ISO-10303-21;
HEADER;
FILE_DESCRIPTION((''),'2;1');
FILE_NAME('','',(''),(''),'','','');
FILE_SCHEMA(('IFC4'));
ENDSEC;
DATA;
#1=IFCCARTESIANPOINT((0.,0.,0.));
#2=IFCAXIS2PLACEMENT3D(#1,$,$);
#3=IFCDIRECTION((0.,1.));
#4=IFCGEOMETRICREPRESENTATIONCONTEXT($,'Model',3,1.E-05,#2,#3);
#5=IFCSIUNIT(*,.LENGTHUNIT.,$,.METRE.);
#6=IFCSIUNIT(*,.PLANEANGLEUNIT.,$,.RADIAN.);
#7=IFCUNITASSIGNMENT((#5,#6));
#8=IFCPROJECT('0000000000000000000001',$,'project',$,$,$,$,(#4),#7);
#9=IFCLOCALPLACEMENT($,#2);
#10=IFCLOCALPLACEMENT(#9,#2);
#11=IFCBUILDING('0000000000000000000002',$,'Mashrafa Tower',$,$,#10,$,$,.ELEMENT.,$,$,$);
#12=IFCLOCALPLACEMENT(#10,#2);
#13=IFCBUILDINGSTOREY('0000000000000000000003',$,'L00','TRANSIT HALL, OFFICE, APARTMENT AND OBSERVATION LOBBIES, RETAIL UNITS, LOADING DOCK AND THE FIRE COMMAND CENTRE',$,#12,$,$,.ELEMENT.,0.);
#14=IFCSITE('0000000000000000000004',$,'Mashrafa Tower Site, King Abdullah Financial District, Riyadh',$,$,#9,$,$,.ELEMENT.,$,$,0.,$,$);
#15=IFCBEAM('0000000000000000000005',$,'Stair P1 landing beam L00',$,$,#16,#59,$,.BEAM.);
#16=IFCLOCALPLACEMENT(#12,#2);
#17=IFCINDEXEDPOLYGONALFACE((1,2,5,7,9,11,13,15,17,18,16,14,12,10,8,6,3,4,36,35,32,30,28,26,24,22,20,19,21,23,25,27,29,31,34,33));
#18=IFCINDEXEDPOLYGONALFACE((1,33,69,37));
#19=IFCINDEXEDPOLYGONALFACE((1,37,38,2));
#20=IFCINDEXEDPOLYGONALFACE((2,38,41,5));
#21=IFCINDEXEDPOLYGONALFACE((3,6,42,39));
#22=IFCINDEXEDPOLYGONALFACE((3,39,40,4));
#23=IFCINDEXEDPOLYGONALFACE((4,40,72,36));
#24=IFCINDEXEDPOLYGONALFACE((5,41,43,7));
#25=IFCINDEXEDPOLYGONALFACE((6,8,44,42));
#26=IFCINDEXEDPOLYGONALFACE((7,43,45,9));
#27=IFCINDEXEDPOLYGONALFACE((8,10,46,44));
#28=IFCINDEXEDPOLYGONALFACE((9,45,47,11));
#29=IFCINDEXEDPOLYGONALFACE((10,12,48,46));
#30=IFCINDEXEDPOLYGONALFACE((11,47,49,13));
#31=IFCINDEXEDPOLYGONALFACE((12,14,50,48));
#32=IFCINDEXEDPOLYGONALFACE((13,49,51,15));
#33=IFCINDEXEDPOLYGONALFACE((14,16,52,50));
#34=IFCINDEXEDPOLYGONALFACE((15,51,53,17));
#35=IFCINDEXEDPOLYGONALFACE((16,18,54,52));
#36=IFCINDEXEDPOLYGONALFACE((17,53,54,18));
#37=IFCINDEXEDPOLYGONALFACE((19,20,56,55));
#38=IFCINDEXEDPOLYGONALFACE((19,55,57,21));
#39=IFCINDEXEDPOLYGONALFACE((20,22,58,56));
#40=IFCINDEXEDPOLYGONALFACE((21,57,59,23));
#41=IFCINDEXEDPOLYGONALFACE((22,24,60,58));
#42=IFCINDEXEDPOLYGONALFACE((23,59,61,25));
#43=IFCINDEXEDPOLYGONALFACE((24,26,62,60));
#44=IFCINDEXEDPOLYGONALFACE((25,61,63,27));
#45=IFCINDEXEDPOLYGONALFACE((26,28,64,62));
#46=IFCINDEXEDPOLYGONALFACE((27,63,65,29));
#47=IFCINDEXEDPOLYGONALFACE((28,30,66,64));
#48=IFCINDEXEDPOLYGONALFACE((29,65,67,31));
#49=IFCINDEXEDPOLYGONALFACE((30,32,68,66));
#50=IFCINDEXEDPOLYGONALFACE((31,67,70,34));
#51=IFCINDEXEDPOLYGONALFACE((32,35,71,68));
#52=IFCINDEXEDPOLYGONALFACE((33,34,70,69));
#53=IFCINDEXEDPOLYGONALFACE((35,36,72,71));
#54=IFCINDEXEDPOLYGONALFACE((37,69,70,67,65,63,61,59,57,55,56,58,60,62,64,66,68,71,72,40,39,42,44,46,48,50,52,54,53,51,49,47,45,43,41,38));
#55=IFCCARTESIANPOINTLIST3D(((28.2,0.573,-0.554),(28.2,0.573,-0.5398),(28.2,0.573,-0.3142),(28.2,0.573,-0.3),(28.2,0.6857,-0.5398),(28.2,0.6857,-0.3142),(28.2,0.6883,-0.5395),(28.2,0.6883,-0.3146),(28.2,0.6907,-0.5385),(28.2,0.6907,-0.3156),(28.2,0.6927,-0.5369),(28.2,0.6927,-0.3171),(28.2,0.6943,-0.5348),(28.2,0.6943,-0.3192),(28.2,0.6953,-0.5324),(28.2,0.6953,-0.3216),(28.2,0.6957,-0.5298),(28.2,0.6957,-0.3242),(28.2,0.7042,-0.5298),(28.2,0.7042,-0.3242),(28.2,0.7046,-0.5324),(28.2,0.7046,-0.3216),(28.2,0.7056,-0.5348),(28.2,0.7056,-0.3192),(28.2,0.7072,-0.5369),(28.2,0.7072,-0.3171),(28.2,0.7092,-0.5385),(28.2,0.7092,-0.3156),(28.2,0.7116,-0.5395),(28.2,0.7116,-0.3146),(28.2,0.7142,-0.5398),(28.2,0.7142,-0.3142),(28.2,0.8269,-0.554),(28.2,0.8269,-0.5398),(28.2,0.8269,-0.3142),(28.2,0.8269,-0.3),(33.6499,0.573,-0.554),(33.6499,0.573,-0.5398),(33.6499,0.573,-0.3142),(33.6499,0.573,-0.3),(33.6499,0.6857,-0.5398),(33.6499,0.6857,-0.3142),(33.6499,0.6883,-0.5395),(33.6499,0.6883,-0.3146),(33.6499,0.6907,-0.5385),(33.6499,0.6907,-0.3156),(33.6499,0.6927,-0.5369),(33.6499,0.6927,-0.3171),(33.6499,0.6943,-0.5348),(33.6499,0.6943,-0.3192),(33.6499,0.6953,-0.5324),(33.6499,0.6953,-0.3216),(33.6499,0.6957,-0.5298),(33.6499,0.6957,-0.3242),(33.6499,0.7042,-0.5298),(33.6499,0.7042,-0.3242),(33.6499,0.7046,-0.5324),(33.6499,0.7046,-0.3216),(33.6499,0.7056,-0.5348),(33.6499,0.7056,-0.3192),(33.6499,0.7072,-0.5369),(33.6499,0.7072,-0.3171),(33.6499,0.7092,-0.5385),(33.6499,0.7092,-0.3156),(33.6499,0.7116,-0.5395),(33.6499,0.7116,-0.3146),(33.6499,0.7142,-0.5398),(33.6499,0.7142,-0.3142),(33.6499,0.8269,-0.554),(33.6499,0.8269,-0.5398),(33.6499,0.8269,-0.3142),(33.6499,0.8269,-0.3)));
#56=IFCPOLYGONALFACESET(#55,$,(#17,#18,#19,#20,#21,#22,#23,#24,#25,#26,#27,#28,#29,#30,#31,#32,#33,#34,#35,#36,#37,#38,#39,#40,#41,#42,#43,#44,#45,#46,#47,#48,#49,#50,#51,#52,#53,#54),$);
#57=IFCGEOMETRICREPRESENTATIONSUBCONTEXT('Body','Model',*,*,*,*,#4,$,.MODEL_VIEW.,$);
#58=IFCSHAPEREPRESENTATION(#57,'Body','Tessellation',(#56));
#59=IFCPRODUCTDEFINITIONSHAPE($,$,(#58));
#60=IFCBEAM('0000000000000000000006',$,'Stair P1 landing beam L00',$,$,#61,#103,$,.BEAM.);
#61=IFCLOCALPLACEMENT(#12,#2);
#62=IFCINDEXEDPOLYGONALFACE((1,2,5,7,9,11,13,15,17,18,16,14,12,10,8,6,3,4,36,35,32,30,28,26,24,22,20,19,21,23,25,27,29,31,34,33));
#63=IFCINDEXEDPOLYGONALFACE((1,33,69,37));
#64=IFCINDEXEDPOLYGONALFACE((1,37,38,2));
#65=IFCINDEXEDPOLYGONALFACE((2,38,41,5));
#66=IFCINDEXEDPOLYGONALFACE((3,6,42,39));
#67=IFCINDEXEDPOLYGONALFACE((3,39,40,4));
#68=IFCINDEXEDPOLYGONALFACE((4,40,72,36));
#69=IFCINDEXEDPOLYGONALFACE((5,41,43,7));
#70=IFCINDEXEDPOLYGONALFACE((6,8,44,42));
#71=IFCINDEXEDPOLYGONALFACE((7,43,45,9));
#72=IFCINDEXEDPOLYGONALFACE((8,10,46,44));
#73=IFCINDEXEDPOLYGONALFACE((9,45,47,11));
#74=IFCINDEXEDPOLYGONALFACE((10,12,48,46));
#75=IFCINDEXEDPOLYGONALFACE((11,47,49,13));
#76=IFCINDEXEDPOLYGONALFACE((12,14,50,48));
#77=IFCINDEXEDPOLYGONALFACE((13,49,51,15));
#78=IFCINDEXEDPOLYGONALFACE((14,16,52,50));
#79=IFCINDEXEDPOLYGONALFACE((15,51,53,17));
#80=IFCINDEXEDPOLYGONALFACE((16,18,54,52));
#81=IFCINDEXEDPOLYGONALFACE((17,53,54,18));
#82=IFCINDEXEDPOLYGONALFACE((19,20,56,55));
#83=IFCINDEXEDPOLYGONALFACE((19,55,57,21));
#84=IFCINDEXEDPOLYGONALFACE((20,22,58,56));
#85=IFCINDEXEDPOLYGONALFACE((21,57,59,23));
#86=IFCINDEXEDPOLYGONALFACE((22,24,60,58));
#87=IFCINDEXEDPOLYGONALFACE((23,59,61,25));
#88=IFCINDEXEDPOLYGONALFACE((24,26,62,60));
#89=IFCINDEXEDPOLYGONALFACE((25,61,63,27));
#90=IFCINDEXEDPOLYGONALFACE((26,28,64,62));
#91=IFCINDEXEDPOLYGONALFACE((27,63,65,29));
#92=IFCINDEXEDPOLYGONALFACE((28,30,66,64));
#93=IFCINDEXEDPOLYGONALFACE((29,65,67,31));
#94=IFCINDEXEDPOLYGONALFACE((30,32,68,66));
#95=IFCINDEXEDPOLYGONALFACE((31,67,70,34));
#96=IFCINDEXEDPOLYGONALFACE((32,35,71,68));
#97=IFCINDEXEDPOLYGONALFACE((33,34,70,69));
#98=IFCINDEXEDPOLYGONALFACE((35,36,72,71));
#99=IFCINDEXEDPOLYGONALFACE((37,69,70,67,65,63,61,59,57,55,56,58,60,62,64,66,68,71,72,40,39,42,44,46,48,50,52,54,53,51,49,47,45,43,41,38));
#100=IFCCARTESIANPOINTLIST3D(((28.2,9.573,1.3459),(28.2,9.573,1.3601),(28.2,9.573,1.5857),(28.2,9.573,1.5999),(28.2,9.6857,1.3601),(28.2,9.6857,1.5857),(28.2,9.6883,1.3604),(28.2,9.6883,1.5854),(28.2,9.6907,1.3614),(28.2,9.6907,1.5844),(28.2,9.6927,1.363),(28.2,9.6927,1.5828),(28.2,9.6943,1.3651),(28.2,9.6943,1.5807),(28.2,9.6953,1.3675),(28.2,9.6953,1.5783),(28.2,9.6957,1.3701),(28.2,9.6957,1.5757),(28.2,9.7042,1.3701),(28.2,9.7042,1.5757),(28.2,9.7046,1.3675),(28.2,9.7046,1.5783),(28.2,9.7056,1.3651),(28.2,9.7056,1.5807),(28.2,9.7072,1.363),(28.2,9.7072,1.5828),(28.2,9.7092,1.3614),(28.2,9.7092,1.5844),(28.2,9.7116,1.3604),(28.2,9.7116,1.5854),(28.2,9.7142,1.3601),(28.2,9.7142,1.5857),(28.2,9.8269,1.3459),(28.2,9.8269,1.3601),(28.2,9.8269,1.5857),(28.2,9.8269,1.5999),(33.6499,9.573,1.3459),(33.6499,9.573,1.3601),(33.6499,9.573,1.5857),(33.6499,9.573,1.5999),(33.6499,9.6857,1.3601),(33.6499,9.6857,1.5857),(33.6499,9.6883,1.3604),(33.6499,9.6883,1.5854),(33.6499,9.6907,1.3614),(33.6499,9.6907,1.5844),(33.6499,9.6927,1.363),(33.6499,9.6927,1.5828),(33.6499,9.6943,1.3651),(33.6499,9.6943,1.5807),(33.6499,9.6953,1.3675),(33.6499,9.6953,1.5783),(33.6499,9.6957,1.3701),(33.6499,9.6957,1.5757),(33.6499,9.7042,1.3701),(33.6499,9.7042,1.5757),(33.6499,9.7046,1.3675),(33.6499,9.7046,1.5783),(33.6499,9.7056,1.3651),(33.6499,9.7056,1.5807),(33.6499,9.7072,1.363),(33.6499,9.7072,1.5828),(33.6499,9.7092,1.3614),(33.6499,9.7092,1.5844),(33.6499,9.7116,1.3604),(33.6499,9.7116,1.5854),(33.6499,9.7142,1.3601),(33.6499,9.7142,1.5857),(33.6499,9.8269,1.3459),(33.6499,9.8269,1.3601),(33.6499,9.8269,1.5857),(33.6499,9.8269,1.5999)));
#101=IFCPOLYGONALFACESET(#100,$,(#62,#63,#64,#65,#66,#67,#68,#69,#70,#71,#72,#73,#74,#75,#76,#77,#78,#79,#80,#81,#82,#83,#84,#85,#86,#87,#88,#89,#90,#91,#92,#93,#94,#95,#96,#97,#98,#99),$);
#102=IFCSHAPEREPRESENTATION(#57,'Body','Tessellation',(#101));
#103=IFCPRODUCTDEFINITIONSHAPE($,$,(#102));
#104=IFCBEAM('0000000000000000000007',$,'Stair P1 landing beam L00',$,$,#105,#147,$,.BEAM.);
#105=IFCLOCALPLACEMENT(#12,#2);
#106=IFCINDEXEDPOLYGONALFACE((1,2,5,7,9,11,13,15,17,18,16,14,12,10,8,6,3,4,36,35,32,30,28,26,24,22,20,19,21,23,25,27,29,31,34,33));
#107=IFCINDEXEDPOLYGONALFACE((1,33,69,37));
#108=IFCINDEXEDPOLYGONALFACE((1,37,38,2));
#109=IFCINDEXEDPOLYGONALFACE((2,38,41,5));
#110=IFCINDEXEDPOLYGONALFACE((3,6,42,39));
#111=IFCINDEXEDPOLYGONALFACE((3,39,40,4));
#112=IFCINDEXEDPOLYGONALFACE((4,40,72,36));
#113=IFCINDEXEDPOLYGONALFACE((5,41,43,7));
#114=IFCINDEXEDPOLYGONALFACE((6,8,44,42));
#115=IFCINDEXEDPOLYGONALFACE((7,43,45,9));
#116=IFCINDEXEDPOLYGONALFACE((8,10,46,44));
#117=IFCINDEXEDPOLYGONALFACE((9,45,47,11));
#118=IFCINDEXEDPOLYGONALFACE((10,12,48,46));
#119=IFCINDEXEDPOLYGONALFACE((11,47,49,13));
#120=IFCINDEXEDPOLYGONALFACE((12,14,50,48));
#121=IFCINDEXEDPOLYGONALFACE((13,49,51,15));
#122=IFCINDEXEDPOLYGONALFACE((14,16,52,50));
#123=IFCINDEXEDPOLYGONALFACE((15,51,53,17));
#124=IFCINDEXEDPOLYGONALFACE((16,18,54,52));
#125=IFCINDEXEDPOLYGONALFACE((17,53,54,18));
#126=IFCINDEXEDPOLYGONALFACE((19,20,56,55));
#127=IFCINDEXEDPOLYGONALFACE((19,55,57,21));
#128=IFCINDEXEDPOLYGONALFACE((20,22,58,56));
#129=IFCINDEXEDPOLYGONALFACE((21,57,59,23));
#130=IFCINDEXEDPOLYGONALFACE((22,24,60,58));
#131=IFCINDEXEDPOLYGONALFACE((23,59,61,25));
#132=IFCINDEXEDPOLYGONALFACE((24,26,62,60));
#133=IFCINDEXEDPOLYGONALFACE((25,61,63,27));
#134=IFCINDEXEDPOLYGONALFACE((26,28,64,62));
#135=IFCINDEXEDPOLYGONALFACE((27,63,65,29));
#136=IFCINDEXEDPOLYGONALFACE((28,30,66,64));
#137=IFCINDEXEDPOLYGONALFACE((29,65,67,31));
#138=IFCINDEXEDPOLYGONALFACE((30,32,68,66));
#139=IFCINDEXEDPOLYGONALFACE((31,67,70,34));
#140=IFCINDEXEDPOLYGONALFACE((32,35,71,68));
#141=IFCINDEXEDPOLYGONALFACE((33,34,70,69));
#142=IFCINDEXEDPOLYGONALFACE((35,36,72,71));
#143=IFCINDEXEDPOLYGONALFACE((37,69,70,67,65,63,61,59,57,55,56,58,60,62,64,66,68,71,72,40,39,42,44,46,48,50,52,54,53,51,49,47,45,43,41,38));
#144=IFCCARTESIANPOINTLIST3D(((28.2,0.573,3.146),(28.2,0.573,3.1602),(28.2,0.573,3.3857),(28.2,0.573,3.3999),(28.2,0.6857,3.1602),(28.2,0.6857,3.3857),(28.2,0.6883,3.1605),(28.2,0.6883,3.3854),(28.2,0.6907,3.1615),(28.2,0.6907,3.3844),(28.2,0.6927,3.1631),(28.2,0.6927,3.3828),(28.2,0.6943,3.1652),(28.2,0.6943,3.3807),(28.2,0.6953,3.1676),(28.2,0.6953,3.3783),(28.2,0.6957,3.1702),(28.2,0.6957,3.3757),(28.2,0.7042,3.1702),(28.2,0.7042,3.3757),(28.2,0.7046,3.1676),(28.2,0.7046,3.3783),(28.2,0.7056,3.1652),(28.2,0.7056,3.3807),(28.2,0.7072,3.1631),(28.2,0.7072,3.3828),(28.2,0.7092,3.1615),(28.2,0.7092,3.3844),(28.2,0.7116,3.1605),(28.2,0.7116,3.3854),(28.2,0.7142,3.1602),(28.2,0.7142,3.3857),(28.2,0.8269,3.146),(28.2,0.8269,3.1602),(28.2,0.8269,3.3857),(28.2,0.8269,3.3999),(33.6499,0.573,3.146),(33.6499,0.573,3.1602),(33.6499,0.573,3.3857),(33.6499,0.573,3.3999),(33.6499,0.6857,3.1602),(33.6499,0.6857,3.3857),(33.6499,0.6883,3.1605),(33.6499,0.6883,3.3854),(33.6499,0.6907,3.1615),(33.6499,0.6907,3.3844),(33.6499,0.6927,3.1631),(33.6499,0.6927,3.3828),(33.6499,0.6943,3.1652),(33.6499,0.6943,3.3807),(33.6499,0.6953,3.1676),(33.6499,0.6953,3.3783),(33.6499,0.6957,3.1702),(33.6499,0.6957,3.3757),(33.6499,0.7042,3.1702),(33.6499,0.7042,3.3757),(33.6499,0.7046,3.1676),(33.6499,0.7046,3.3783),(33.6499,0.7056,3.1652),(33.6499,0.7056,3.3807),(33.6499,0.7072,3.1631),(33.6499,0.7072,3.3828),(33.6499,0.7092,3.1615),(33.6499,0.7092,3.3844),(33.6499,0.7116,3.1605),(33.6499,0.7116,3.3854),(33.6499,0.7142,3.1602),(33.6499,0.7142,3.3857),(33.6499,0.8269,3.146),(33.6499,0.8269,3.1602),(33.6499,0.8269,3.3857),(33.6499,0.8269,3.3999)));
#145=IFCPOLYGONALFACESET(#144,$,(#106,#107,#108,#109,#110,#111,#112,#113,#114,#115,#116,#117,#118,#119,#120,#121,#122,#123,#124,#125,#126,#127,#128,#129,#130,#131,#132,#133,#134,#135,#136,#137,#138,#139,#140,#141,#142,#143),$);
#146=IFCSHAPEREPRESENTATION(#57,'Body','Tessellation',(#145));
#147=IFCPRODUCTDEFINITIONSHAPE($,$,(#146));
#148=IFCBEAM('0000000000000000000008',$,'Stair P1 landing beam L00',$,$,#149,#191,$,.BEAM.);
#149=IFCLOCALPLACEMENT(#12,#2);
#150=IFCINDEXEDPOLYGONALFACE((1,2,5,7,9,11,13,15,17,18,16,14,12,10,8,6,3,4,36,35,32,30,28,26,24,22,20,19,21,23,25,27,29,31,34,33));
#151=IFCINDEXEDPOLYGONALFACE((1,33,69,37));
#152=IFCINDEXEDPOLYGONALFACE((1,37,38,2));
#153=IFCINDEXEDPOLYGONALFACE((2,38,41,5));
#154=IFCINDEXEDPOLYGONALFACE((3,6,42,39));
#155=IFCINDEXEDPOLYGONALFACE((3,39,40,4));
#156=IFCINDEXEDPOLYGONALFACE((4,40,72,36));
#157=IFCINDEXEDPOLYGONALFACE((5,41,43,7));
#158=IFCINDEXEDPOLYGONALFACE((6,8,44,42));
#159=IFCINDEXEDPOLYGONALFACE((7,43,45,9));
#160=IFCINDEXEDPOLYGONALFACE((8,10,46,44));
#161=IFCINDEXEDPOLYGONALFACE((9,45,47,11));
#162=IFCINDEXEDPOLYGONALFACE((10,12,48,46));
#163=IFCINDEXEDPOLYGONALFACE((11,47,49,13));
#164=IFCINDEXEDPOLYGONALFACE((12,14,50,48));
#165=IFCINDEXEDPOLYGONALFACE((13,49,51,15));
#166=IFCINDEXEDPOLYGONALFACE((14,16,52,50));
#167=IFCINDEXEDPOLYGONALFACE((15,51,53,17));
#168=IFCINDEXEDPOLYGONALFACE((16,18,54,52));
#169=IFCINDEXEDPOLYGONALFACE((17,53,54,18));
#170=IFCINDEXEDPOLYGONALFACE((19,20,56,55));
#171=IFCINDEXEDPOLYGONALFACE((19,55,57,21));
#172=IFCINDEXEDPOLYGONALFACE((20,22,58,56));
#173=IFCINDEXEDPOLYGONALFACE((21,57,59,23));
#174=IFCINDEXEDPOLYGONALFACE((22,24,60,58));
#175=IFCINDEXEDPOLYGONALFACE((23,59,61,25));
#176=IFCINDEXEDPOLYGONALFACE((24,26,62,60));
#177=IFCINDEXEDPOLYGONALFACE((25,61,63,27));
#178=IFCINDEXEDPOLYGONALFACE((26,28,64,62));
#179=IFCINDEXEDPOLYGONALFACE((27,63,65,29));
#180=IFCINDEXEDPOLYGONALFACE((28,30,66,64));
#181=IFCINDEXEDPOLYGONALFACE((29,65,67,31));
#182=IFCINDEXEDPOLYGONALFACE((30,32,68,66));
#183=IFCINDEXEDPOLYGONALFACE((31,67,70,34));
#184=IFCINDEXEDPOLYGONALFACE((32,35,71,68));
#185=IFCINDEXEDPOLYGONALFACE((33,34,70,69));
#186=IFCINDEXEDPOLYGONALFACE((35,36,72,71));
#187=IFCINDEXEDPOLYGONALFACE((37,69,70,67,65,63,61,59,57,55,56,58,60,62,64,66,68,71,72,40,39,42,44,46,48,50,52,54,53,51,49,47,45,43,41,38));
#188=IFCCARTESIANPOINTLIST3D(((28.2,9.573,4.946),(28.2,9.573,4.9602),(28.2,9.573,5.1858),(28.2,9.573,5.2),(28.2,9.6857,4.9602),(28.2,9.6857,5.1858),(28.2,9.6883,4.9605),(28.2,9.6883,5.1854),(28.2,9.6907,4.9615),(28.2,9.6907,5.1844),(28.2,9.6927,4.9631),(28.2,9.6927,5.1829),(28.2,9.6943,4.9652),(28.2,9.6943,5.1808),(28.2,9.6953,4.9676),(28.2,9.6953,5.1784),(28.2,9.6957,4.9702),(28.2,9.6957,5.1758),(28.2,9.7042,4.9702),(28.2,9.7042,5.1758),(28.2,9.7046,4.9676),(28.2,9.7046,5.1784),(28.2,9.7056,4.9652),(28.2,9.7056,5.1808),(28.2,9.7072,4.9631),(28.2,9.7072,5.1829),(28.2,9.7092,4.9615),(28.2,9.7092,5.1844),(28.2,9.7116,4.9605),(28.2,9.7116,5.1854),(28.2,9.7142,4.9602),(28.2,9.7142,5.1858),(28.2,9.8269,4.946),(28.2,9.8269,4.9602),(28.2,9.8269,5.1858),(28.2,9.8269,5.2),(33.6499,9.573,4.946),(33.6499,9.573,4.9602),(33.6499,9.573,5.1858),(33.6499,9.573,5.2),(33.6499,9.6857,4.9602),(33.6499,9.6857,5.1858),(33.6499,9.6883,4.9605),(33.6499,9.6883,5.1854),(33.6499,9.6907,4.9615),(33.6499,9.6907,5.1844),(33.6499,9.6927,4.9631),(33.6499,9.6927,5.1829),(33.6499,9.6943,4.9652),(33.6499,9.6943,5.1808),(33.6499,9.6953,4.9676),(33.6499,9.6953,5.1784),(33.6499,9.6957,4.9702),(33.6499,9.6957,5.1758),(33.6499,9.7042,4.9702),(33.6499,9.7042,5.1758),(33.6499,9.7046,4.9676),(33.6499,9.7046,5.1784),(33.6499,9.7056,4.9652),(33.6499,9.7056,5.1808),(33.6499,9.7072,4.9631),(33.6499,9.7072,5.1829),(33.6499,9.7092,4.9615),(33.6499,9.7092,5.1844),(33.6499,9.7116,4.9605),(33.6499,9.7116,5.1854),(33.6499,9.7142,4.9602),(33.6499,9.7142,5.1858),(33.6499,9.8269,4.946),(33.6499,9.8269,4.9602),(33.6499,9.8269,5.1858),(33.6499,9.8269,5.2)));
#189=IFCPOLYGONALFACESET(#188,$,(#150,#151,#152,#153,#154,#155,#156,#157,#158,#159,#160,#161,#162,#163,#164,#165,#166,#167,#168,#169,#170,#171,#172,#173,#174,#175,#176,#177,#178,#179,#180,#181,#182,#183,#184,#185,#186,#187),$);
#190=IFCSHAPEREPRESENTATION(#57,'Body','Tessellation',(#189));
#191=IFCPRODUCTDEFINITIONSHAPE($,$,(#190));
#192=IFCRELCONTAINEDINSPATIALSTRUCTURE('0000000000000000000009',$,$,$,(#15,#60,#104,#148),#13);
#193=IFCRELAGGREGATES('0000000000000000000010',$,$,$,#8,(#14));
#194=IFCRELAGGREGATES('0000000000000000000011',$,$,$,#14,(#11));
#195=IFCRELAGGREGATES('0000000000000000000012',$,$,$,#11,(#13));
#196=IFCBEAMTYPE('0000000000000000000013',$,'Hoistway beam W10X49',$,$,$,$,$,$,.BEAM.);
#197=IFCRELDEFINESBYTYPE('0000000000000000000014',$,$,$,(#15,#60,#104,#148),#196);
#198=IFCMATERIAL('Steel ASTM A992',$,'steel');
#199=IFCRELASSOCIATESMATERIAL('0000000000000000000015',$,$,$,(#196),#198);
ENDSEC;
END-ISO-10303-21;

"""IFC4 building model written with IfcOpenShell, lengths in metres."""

from ifc_helpers import new_model, si_unit, direction, frame, origin, origin_2d, place, context, subcontext, project, spatial, i_section, extrude, material, material_profile, profile_set, type_object, element, save


model = new_model("IFC4")

# Units and contexts
model_context = context("Model", 3, precision=1e-05, world=origin(), true_north=direction((0.0, 1.0)))
body_context = subcontext(model_context, "Body", "Model", "MODEL_VIEW")
ifc_project = project(units=[si_unit("LENGTHUNIT", "METRE"), si_unit("PLANEANGLEUNIT", "RADIAN")], contexts=[model_context])

# Site, building, storey
site_placement = place(None, origin())
site = spatial("IfcSite", under=ifc_project, at=site_placement, Name="Mashrafa Tower Site, King Abdullah Financial District, Riyadh", CompositionType="ELEMENT", RefElevation=0.0)
building_placement = place(site_placement, origin())
building = spatial("IfcBuilding", under=site, at=building_placement, Name="Mashrafa Tower", CompositionType="ELEMENT")
storey_placement = place(building_placement, origin())
storey = spatial("IfcBuildingStorey", under=building, at=storey_placement, Name="L00", Description="TRANSIT HALL, OFFICE, APARTMENT AND OBSERVATION LOBBIES, RETAIL UNITS, LOADING DOCK AND THE FIRE COMMAND CENTRE", CompositionType="ELEMENT", Elevation=0.0)

# Beams
ifc_material_1 = material(Name="Steel ASTM A992", Category="steel")
ifc_material_profile_1 = material_profile(ifc_material_1, i_section(OverallWidth=0.2539, OverallDepth=0.2539, WebThickness=0.0085, FlangeThickness=0.0142, FilletRadius=0.01, at=origin_2d()), Name="W10X49")
ifc_profile_set_1 = profile_set([ifc_material_profile_1], Name="Steel ASTM A992")
beam_type_1 = type_object("IfcBeamType", Name="Hoistway beam W10X49", PredefinedType="BEAM", material=ifc_profile_set_1)
for number, where, z_axis, x_axis, name in (
    (1, (28.2, 0.7, -0.427), (1.0, 0.0, 0.0), (0.0, 1.0, 0.0), "Stair P1 landing beam L00"),
    (2, (28.2, 9.7, 1.4729), (1.0, 0.0, 0.0), (0.0, 1.0, 0.0), "Stair P1 landing beam L00"),
    (3, (28.2, 0.7, 3.2729), (1.0, 0.0, 0.0), (0.0, 1.0, 0.0), "Stair P1 landing beam L00"),
    (4, (28.2, 9.7, 5.073), (1.0, 0.0, 0.0), (0.0, 1.0, 0.0), "Stair P1 landing beam L00"),
):
    element("IfcBeam", number, at=place(storey_placement, frame(where, z_axis=z_axis, x_axis=x_axis)), inside=storey, type_object=beam_type_1, Name=name, PredefinedType="BEAM", context=body_context, shape_type="SweptSolid", body=[
        extrude(i_section(OverallWidth=0.2539, OverallDepth=0.2539, WebThickness=0.0085, FlangeThickness=0.0142, FilletRadius=0.01, at=origin_2d()), origin(), (0.0, 0.0, 1.0), 5.45),
    ])

save(model, "model.ifc")
